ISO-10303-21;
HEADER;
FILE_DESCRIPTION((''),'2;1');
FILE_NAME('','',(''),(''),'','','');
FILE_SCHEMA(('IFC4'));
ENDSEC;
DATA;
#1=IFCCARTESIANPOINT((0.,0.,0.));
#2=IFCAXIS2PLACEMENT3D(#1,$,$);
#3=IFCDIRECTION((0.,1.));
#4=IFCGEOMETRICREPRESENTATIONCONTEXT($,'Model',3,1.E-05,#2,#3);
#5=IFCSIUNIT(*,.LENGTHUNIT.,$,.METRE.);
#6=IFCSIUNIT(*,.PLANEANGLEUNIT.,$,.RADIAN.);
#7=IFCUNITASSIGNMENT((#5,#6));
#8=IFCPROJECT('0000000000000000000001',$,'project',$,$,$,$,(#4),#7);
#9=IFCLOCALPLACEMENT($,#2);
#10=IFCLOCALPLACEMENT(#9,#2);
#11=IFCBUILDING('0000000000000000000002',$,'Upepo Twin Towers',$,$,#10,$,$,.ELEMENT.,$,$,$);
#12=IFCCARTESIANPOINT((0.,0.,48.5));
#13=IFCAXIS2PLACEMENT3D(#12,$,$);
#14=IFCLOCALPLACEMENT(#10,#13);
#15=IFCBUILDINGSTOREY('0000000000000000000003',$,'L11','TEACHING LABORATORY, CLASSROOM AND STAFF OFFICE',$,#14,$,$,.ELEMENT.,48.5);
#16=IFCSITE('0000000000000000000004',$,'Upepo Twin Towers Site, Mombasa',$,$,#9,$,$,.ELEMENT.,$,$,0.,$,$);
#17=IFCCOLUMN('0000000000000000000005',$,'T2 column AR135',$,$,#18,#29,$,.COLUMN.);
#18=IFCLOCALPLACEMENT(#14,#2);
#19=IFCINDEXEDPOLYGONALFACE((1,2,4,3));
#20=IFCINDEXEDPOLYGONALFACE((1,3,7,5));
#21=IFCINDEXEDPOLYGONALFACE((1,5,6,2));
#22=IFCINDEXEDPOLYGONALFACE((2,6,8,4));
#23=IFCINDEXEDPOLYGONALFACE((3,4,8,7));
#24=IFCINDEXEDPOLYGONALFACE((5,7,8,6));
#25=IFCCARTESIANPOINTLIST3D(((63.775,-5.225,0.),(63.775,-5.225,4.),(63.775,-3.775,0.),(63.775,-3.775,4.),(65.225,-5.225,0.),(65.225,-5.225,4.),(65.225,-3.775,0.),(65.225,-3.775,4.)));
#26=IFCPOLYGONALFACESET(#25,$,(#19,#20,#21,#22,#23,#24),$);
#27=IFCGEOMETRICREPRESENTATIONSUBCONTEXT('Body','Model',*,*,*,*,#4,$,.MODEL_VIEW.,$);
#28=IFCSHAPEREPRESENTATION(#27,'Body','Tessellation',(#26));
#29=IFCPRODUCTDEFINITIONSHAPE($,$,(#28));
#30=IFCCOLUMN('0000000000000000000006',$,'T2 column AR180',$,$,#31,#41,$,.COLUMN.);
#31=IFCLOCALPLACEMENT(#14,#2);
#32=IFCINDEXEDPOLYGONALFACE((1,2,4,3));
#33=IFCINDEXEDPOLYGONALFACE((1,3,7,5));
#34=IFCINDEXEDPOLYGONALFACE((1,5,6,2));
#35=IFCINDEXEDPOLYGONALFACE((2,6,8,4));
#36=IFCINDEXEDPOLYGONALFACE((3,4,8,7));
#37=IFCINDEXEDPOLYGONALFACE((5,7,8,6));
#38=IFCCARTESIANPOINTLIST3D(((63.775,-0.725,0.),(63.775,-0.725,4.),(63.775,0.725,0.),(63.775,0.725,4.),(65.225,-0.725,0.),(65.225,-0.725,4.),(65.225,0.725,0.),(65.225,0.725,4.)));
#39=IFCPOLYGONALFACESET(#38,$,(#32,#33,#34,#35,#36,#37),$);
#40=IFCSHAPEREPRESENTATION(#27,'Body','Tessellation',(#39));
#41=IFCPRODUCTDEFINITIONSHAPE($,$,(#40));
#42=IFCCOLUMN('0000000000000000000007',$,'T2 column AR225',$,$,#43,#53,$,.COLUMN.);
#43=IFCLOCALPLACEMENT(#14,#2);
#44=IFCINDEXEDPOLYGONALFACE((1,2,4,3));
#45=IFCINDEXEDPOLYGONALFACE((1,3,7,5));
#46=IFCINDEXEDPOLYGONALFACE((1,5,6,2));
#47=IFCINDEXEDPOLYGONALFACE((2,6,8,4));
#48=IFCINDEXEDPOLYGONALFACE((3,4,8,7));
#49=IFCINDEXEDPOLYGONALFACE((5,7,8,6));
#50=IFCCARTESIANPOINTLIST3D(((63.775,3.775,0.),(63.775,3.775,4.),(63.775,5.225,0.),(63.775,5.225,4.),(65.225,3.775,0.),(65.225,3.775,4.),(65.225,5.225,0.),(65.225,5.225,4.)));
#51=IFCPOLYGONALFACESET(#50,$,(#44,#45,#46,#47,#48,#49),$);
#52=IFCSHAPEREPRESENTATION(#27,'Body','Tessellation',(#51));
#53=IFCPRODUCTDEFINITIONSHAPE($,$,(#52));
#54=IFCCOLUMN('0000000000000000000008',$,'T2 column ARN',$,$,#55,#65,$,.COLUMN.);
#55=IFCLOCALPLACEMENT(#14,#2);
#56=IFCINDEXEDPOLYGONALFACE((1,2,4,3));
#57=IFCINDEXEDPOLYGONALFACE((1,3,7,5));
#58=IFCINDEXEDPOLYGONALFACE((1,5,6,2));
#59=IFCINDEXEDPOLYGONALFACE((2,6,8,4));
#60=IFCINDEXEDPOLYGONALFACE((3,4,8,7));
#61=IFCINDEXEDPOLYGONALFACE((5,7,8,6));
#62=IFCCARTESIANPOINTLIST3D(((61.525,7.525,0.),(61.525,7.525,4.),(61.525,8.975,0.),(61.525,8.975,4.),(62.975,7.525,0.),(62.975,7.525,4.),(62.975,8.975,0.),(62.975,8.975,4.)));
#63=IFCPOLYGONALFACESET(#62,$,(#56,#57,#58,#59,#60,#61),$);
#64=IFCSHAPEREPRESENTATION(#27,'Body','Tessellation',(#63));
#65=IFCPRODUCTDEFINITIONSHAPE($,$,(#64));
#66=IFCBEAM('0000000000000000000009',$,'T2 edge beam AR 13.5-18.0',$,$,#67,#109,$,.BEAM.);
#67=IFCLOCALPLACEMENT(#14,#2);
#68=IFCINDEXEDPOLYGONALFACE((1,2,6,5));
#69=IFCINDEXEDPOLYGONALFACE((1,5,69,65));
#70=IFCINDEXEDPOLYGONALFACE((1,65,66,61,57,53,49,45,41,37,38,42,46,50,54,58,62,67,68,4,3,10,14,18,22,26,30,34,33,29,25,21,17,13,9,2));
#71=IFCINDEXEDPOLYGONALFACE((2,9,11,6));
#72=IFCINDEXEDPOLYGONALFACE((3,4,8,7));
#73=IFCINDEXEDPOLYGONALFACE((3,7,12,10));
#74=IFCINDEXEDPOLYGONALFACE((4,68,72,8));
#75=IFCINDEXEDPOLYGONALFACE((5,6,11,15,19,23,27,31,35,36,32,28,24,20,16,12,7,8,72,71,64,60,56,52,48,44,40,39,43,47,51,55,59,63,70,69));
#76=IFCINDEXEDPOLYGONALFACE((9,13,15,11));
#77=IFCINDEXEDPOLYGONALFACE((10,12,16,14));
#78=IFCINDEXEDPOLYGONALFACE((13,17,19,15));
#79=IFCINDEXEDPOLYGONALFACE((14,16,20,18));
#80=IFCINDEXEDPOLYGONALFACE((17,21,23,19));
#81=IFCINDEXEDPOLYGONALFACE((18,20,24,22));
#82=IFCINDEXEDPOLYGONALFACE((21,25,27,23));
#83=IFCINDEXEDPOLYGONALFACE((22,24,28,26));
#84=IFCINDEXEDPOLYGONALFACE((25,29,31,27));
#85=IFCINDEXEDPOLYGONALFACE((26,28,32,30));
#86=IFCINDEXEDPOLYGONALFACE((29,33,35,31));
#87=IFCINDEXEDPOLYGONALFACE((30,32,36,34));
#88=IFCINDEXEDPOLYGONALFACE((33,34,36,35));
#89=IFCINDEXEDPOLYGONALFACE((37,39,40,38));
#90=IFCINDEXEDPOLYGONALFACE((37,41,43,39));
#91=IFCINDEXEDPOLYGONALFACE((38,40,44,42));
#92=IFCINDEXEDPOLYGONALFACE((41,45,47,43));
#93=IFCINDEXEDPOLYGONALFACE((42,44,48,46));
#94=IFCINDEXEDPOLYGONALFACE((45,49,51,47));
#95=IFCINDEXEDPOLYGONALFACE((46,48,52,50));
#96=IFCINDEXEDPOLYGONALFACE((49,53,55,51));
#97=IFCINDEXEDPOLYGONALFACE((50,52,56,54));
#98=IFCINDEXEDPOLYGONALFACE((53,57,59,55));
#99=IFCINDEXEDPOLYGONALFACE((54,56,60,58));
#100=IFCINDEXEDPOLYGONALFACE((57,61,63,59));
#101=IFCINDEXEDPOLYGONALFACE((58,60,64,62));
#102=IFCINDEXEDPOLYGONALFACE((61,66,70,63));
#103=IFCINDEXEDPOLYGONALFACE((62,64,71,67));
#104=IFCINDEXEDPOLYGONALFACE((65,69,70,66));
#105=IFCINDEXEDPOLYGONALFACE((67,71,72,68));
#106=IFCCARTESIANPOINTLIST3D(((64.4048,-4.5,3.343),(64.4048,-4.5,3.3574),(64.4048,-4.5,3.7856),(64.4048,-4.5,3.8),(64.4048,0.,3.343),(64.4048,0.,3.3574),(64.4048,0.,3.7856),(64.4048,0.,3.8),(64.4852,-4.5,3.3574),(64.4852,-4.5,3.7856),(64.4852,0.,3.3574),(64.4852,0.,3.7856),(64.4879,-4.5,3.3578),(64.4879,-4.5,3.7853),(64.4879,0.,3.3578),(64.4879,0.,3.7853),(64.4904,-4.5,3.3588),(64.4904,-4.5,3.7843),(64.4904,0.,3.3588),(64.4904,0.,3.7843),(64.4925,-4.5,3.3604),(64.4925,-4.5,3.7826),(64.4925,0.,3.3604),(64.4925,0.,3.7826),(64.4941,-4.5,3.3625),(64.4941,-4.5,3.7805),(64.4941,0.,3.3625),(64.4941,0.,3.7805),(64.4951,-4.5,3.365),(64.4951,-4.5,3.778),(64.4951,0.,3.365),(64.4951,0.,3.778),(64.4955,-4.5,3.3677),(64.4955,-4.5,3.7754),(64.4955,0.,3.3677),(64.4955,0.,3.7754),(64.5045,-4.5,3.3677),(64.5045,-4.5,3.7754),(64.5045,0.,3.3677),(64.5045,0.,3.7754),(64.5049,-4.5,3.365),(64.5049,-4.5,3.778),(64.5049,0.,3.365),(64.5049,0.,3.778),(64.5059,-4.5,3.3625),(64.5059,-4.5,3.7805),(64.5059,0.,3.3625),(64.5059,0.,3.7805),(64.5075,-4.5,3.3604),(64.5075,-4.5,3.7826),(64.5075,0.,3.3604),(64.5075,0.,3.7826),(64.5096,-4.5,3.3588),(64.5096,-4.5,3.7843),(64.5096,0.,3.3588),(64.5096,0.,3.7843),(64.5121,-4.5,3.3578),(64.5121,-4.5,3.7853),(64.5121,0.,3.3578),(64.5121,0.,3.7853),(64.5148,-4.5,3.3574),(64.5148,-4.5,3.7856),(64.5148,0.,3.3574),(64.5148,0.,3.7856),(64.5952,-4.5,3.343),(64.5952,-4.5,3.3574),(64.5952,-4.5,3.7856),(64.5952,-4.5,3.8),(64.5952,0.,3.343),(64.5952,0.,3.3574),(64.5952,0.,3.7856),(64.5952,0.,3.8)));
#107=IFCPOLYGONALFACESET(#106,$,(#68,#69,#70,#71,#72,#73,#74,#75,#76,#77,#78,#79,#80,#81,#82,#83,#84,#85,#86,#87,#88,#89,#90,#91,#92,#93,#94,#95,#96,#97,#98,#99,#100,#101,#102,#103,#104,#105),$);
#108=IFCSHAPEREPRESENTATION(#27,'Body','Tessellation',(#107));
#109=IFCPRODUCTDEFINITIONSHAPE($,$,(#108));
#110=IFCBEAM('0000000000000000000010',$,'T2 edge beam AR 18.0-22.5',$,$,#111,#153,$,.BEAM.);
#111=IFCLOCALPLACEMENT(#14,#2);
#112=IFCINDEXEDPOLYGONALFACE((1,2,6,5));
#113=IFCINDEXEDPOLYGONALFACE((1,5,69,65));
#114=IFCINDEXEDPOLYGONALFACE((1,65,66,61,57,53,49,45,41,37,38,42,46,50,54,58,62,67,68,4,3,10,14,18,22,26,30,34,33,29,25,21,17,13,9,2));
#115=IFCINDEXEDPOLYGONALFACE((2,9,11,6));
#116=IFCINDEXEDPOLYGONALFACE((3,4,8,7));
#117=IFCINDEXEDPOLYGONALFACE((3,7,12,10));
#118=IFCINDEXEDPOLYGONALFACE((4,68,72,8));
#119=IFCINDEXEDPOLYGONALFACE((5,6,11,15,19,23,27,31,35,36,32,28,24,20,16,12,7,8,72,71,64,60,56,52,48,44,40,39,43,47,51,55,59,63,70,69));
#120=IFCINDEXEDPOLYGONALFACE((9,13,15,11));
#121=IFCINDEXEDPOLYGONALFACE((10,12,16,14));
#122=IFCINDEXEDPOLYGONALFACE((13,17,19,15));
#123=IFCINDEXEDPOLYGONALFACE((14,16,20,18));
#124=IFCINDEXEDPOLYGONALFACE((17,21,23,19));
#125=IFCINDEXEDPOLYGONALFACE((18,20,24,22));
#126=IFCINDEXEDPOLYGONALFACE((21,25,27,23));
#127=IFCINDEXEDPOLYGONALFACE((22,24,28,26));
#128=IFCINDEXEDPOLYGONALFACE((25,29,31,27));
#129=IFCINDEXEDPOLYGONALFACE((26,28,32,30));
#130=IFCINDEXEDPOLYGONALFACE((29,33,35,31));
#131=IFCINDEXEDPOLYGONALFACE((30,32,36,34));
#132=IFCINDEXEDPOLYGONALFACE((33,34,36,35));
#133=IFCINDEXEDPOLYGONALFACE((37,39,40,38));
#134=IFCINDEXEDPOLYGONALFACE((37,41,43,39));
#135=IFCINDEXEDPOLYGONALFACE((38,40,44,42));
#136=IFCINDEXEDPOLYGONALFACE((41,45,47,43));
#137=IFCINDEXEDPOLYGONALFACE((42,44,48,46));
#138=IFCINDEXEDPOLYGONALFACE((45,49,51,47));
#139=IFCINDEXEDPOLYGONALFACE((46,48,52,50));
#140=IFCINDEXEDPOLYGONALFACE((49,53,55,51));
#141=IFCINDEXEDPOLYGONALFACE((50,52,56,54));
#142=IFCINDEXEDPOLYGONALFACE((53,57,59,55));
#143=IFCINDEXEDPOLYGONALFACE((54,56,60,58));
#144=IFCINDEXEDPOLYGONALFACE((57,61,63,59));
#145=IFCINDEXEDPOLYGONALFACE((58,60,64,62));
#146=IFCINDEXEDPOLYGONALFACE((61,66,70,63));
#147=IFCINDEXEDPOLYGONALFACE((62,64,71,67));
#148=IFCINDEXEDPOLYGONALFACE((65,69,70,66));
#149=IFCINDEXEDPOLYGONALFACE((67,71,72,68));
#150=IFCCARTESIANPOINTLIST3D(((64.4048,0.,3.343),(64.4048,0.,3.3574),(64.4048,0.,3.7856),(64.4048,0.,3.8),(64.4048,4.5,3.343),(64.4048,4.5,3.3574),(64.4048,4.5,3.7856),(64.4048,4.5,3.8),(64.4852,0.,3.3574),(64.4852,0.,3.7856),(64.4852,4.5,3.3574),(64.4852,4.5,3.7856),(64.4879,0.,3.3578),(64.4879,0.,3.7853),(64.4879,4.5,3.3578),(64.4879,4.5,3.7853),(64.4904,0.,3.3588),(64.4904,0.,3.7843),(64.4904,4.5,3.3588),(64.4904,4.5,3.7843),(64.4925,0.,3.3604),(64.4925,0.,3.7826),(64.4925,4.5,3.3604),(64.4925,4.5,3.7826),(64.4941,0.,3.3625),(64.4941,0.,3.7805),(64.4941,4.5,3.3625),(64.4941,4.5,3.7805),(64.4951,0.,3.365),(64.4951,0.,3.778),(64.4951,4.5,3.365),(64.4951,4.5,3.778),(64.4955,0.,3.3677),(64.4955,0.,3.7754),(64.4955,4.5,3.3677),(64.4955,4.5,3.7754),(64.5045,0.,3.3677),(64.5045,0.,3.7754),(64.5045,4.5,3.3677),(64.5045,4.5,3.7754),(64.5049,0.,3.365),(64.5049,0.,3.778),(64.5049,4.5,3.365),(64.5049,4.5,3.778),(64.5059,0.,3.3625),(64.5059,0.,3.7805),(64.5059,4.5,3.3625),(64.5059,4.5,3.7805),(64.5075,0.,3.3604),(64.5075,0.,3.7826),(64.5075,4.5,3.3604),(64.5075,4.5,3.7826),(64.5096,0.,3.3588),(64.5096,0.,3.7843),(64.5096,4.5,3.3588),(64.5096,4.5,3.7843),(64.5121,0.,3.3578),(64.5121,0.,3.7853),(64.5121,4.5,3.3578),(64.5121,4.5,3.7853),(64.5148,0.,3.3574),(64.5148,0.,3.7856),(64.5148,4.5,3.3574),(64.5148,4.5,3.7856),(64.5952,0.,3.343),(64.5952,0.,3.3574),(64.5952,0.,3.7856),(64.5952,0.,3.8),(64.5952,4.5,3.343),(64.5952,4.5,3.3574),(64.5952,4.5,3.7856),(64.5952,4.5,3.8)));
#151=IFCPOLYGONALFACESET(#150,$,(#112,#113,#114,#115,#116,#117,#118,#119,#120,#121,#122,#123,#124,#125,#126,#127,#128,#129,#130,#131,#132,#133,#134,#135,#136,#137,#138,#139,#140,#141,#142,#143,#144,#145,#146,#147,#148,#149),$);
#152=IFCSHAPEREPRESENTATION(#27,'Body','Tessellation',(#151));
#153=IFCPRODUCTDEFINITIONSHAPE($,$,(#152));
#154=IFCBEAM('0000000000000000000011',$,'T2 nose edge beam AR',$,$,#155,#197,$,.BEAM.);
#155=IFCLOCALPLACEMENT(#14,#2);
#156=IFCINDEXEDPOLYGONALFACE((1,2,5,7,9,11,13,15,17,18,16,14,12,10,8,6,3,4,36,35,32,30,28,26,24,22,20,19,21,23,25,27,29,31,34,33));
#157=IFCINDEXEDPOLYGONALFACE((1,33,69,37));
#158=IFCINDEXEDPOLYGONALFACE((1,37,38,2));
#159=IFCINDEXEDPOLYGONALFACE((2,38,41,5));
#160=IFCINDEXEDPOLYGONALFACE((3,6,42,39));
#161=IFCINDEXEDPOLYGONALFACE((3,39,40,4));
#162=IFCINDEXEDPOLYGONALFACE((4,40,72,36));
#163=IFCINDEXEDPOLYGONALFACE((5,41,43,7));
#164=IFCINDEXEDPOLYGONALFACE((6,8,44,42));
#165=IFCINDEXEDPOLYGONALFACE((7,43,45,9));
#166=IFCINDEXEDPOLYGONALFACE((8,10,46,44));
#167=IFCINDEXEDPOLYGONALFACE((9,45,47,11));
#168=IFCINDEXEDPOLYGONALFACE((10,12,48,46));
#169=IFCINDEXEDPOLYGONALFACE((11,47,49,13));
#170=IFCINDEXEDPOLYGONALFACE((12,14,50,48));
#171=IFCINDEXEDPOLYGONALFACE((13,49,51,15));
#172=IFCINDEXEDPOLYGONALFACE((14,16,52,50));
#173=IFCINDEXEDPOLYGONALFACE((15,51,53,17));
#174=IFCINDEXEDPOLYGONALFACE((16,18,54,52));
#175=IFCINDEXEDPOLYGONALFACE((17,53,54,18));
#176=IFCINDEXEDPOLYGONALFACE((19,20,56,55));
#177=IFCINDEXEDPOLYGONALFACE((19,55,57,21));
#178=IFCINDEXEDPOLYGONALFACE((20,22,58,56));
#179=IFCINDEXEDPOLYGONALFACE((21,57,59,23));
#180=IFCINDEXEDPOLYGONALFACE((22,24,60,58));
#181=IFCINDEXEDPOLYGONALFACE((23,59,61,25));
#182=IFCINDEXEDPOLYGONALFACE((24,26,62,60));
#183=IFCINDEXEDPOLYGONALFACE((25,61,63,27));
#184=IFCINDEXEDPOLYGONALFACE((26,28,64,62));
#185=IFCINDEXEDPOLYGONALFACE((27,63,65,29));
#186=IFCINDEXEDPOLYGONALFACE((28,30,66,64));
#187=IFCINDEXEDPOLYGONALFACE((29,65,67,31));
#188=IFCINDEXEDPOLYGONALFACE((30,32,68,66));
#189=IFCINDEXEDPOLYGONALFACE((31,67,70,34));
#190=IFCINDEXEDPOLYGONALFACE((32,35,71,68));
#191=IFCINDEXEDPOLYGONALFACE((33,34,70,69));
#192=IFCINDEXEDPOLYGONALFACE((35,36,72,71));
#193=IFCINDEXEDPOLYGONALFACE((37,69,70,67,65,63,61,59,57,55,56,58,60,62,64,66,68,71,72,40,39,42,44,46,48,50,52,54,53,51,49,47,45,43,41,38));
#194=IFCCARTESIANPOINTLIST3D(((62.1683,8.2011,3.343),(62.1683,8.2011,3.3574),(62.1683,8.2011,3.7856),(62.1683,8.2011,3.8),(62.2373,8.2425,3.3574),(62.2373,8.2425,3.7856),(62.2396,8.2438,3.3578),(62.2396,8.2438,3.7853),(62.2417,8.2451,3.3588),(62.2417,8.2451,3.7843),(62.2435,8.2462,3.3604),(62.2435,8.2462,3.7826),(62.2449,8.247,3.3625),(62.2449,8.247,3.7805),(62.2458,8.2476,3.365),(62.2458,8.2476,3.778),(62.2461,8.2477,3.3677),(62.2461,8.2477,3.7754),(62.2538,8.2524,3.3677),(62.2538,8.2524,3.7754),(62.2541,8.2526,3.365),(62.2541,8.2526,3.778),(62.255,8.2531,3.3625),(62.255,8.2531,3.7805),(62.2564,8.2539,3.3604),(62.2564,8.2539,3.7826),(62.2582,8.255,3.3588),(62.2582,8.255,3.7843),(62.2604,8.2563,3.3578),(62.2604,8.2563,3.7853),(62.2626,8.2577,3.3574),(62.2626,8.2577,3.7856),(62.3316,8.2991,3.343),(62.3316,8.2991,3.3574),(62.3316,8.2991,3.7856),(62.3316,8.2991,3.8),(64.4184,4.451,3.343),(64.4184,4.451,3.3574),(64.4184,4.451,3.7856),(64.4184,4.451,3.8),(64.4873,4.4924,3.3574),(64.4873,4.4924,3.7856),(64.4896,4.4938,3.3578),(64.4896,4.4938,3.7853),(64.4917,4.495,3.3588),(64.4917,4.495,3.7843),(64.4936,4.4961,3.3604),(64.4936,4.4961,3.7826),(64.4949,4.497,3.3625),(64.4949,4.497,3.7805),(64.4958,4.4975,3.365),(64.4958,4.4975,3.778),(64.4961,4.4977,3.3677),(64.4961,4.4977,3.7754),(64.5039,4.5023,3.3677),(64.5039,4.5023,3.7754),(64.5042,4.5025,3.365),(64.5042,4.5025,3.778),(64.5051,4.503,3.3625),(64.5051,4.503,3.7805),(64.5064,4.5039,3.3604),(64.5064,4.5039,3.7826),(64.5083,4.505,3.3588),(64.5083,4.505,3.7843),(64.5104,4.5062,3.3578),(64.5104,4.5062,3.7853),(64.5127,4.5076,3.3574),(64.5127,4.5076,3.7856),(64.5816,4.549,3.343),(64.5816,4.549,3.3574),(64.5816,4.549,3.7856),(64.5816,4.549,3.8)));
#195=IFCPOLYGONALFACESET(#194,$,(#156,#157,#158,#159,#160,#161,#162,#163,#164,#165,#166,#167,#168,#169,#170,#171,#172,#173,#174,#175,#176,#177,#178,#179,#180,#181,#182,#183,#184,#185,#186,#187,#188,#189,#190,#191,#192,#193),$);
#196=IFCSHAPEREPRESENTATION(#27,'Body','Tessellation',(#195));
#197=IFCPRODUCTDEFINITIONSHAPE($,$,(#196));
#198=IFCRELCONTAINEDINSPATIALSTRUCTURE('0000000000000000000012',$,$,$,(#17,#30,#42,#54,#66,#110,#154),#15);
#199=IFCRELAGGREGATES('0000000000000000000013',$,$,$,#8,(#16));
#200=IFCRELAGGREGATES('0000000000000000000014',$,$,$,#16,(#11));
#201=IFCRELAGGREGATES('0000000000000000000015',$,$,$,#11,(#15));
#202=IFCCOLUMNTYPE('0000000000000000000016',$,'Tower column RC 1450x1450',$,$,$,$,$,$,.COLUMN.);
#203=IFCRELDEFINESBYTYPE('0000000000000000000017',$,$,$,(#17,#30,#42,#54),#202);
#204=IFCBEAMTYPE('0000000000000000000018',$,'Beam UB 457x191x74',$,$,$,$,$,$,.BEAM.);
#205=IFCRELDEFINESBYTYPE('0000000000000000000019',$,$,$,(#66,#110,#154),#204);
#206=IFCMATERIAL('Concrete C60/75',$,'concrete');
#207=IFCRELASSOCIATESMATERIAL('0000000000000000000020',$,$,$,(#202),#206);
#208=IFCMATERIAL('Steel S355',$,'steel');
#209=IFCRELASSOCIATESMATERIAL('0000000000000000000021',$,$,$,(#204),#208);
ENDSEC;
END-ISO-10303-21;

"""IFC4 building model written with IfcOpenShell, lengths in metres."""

from ifc_helpers import new_model, si_unit, direction, frame, origin, origin_2d, place, context, subcontext, project, spatial, rectangle, i_section, extrude, material, material_profile, profile_set, type_object, element, save


model = new_model("IFC4")

# Units and contexts
model_context = context("Model", 3, precision=1e-05, world=origin(), true_north=direction((0.0, 1.0)))
body_context = subcontext(model_context, "Body", "Model", "MODEL_VIEW")
ifc_project = project(units=[si_unit("LENGTHUNIT", "METRE"), si_unit("PLANEANGLEUNIT", "RADIAN")], contexts=[model_context])

# Site, building, storey
site_placement = place(None, origin())
site = spatial("IfcSite", under=ifc_project, at=site_placement, Name="Upepo Twin Towers Site, Mombasa", CompositionType="ELEMENT", RefElevation=0.0)
building_placement = place(site_placement, origin())
building = spatial("IfcBuilding", under=site, at=building_placement, Name="Upepo Twin Towers", CompositionType="ELEMENT")
storey_placement = place(building_placement, frame((0.0, 0.0, 48.5)))
storey = spatial("IfcBuildingStorey", under=building, at=storey_placement, Name="L11", Description="TEACHING LABORATORY, CLASSROOM AND STAFF OFFICE", CompositionType="ELEMENT", Elevation=48.5)

# Columns
ifc_material_1 = material(Name="Concrete C60/75", Category="concrete")
ifc_material_profile_1 = material_profile(ifc_material_1, rectangle(XDim=1.45, YDim=1.45, at=origin_2d()), Name="RC 1450x1450")
ifc_profile_set_1 = profile_set([ifc_material_profile_1], Name="Concrete C60/75")
column_type = type_object("IfcColumnType", Name="Tower column RC 1450x1450", PredefinedType="COLUMN", material=ifc_profile_set_1)
for number, where, z_axis, x_axis, name in (
    (1, (64.5, -4.5, 0.0), (0.0, 0.0, 1.0), (1.0, 0.0, 0.0), "T2 column AR135"),
    (2, (64.5, 0.0, 0.0), (0.0, 0.0, 1.0), (1.0, 0.0, 0.0), "T2 column AR180"),
    (3, (64.5, 4.5, 0.0), (0.0, 0.0, 1.0), (1.0, 0.0, 0.0), "T2 column AR225"),
    (4, (62.25, 8.25, 0.0), (0.0, 0.0, 1.0), (1.0, 0.0, 0.0), "T2 column ARN"),
):
    element("IfcColumn", number, at=place(storey_placement, frame(where, z_axis=z_axis, x_axis=x_axis)), inside=storey, type_object=column_type, Name=name, PredefinedType="COLUMN", context=body_context, shape_type="SweptSolid", body=[
        extrude(rectangle(XDim=1.45, YDim=1.45, at=origin_2d()), origin(), (0.0, 0.0, 1.0), 4.0),
    ])

# Beams
ifc_material_2 = material(Name="Steel S355", Category="steel")
ifc_material_profile_2 = material_profile(ifc_material_2, i_section(OverallWidth=0.1904, OverallDepth=0.457, WebThickness=0.009, FlangeThickness=0.0144, FilletRadius=0.0103, at=origin_2d()), Name="UB 457x191x74")
ifc_profile_set_2 = profile_set([ifc_material_profile_2], Name="Steel S355")
beam_type_1 = type_object("IfcBeamType", Name="Beam UB 457x191x74", PredefinedType="BEAM", material=ifc_profile_set_2)
for number, where, z_axis, x_axis, name in (
    (5, (64.5, -4.5, 3.5715), (0.0, 1.0, 0.0), (-1.0, 0.0, 0.0), "T2 edge beam AR 13.5-18.0"),
    (6, (64.5, 0.0, 3.5715), (0.0, 1.0, 0.0), (-1.0, 0.0, 0.0), "T2 edge beam AR 18.0-22.5"),
):
    element("IfcBeam", number, at=place(storey_placement, frame(where, z_axis=z_axis, x_axis=x_axis)), inside=storey, type_object=beam_type_1, Name=name, PredefinedType="BEAM", context=body_context, shape_type="SweptSolid", body=[
        extrude(i_section(OverallWidth=0.1904, OverallDepth=0.457, WebThickness=0.009, FlangeThickness=0.0144, FilletRadius=0.0103, at=origin_2d()), origin(), (0.0, 0.0, 1.0), 4.5),
    ])
beam_1_placement = place(storey_placement, frame((64.5, 4.5, 3.5715), z_axis=(-0.514496, 0.857493, 0.0), x_axis=(-0.857493, -0.514496, 0.0)))
element("IfcBeam", 7, at=beam_1_placement, inside=storey, type_object=beam_type_1, Name="T2 nose edge beam AR", PredefinedType="BEAM", context=body_context, shape_type="SweptSolid", body=[
    extrude(i_section(OverallWidth=0.1904, OverallDepth=0.457, WebThickness=0.009, FlangeThickness=0.0144, FilletRadius=0.0103, at=origin_2d()), origin(), (0.0, 0.0, 1.0), 4.3733),
])

save(model, "model.ifc")
